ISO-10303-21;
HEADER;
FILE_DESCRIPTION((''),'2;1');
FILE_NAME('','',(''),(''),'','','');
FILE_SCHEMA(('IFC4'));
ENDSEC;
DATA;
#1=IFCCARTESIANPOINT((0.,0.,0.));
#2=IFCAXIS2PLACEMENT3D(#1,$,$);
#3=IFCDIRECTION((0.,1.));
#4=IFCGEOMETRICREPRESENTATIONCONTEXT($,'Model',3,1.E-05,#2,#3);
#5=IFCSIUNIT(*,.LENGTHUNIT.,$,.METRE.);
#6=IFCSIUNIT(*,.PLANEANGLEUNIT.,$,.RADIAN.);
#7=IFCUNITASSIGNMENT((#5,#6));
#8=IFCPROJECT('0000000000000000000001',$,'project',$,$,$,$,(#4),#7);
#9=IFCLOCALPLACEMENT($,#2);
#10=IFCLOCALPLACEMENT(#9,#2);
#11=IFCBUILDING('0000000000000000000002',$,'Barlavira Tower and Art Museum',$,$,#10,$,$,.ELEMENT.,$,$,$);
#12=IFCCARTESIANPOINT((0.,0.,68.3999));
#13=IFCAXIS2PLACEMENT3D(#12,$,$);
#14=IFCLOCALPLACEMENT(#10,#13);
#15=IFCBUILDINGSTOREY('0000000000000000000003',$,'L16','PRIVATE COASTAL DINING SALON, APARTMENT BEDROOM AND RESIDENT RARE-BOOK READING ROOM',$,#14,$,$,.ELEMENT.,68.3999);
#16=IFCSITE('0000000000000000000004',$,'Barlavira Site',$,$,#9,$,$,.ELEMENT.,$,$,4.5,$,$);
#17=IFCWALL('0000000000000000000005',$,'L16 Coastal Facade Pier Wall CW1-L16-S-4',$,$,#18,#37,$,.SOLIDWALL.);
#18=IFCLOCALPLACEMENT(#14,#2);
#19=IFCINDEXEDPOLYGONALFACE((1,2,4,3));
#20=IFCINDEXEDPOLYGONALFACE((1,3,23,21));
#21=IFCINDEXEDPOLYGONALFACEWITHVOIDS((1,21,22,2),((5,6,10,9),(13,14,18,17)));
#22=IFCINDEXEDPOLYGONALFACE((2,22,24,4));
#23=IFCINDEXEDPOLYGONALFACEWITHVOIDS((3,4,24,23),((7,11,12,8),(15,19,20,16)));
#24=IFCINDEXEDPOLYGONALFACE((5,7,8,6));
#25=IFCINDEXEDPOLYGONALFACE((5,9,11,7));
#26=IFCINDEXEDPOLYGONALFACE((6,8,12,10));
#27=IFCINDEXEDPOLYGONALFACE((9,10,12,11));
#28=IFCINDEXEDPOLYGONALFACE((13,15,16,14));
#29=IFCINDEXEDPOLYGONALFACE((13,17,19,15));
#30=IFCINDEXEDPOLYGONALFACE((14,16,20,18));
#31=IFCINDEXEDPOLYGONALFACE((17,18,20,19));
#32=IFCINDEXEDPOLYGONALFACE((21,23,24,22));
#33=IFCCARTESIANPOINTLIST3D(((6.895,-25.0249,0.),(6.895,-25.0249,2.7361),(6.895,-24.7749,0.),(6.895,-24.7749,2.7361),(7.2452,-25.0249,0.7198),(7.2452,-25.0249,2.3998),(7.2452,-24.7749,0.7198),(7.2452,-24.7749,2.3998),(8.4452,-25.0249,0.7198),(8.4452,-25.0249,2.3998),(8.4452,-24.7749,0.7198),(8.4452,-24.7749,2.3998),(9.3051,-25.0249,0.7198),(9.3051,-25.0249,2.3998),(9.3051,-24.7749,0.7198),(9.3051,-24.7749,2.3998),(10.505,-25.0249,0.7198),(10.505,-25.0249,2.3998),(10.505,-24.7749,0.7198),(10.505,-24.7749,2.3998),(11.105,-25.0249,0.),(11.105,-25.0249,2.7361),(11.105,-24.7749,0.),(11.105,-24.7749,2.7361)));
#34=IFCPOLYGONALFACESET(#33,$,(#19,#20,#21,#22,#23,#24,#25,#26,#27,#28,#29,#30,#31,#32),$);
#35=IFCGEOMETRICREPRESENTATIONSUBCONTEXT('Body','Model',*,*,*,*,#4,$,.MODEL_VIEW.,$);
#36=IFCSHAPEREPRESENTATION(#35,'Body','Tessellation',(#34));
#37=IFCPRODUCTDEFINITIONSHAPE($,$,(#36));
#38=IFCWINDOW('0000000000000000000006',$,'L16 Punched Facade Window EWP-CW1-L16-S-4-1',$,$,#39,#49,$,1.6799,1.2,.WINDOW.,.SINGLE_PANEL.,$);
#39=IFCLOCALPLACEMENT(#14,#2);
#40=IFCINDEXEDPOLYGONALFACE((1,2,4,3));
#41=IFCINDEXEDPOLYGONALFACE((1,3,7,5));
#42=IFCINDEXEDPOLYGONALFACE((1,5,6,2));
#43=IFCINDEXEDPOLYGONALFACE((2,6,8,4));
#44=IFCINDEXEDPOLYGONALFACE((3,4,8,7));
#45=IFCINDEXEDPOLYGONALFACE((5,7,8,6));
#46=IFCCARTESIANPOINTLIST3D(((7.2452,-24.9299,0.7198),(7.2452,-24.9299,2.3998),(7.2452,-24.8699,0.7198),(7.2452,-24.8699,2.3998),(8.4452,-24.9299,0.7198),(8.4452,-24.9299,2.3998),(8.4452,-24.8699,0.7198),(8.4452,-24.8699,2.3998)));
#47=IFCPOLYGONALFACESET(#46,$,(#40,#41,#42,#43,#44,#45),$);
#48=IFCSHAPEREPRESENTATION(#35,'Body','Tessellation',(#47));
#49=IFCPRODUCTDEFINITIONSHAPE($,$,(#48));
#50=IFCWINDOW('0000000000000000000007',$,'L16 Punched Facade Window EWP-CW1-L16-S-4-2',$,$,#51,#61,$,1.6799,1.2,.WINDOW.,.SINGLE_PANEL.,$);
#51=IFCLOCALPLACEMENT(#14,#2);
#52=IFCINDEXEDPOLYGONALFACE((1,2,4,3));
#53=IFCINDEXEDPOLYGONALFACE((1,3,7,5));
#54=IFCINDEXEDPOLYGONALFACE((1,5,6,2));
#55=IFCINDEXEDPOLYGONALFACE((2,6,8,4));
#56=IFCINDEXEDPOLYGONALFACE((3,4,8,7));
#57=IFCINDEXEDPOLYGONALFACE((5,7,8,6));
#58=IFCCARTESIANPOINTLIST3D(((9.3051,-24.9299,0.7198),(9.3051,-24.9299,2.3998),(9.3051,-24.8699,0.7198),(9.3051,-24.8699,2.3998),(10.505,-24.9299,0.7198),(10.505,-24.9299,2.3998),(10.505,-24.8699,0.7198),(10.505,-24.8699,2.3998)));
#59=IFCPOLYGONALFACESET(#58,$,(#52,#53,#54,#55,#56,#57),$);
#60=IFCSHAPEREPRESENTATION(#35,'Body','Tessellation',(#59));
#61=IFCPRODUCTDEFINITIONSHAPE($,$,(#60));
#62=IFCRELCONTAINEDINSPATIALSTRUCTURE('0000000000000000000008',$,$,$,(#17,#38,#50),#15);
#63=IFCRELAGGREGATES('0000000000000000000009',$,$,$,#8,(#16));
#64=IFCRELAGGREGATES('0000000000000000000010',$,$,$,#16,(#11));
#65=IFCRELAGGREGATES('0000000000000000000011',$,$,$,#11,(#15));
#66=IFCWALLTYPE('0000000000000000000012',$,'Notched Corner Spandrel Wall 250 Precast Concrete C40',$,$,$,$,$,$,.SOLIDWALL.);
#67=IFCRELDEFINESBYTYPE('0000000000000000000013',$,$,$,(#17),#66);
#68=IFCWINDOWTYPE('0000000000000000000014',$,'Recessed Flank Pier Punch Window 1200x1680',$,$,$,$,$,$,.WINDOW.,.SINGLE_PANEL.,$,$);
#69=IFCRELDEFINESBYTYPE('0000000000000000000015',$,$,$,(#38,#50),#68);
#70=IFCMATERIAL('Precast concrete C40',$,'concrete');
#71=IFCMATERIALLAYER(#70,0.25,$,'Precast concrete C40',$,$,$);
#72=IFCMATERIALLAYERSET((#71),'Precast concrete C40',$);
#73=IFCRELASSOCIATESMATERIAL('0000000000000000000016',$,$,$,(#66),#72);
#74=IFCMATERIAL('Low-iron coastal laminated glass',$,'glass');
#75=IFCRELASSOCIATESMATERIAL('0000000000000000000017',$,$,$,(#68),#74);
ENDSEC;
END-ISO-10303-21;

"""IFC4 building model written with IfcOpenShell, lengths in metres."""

from ifc_helpers import new_model, si_unit, direction, frame, frame_2d, origin, place, context, subcontext, project, spatial, rectangle, extrude, material, layer, layer_set, type_object, element, fill, save


model = new_model("IFC4")

# Units and contexts
model_context = context("Model", 3, precision=1e-05, world=origin(), true_north=direction((0.0, 1.0)))
body_context = subcontext(model_context, "Body", "Model", "MODEL_VIEW")
ifc_project = project(units=[si_unit("LENGTHUNIT", "METRE"), si_unit("PLANEANGLEUNIT", "RADIAN")], contexts=[model_context])

# Site, building, storey
site_placement = place(None, origin())
site = spatial("IfcSite", under=ifc_project, at=site_placement, Name="Barlavira Site", CompositionType="ELEMENT", RefElevation=4.5)
building_placement = place(site_placement, origin())
building = spatial("IfcBuilding", under=site, at=building_placement, Name="Barlavira Tower and Art Museum", CompositionType="ELEMENT")
storey_placement = place(building_placement, frame((0.0, 0.0, 68.3999)))
storey = spatial("IfcBuildingStorey", under=building, at=storey_placement, Name="L16", Description="PRIVATE COASTAL DINING SALON, APARTMENT BEDROOM AND RESIDENT RARE-BOOK READING ROOM", CompositionType="ELEMENT", Elevation=68.3999)

# Shared definitions
ifc_material_1 = material(Name="Low-iron coastal laminated glass", Category="glass")

# Wall, openings, windows
ifc_material_2 = material(Name="Precast concrete C40", Category="concrete")
ifc_layer_1 = layer(ifc_material_2, 0.25, Name="Precast concrete C40")
ifc_layer_set_1 = layer_set([ifc_layer_1], Name="Precast concrete C40")
wall_type_1 = type_object("IfcWallType", Name="Notched Corner Spandrel Wall 250 Precast Concrete C40", PredefinedType="SOLIDWALL", material=ifc_layer_set_1)
wall_1_placement = place(storey_placement, frame((6.895, -24.8999, 0.0), z_axis=(0.0, 0.0, 1.0), x_axis=(1.0, 0.0, 0.0)))
wall_1 = element("IfcWall", 1, at=wall_1_placement, inside=storey, type_object=wall_type_1, Name="L16 Coastal Facade Pier Wall CW1-L16-S-4", PredefinedType="SOLIDWALL", context=body_context, shape_type="SweptSolid", body=[
    extrude(rectangle(XDim=4.21, YDim=0.25, at=frame_2d((2.105, 0.0))), origin(), (0.0, 0.0, 1.0), 2.7361),
])
opening_1_placement = place(wall_1_placement, frame((0.3501, 0.0, 0.72)))
opening_1 = element("IfcOpeningElement", 2, at=opening_1_placement, cuts=wall_1, PredefinedType="OPENING", context=body_context, shape_type="SweptSolid", body=[
    extrude(rectangle(XDim=1.2, YDim=1.6799, at=frame_2d((0.6001, 0.8398))), frame((0.0, 0.135, 0.0), z_axis=(0.0, -1.0, 0.0), x_axis=(1.0, 0.0, 0.0)), (0.0, 0.0, 1.0), 0.27),
])
opening_2_placement = place(wall_1_placement, frame((2.4099, 0.0, 0.72)))
opening_2 = element("IfcOpeningElement", 3, at=opening_2_placement, cuts=wall_1, PredefinedType="OPENING", context=body_context, shape_type="SweptSolid", body=[
    extrude(rectangle(XDim=1.2, YDim=1.6799, at=frame_2d((0.6001, 0.8398))), frame((0.0, 0.135, 0.0), z_axis=(0.0, -1.0, 0.0), x_axis=(1.0, 0.0, 0.0)), (0.0, 0.0, 1.0), 0.27),
])
window_type = type_object("IfcWindowType", Name="Recessed Flank Pier Punch Window 1200x1680", PartitioningType="SINGLE_PANEL", PredefinedType="WINDOW", material=ifc_material_1)
window_1_placement = place(opening_1_placement, origin())
window_1 = element("IfcWindow", 4, at=window_1_placement, inside=storey, type_object=window_type, Name="L16 Punched Facade Window EWP-CW1-L16-S-4-1", OverallHeight=1.6799, OverallWidth=1.2, PartitioningType="SINGLE_PANEL", PredefinedType="WINDOW", context=body_context, shape_type="SweptSolid", body=[
    extrude(rectangle(XDim=1.2, YDim=1.6799, at=frame_2d((0.6001, 0.8398))), frame((0.0, 0.03, 0.0), z_axis=(0.0, -1.0, 0.0), x_axis=(1.0, 0.0, 0.0)), (0.0, 0.0, 1.0), 0.0601),
])
fill(opening_1, window_1)
window_2_placement = place(opening_2_placement, origin())
window_2 = element("IfcWindow", 5, at=window_2_placement, inside=storey, type_object=window_type, Name="L16 Punched Facade Window EWP-CW1-L16-S-4-2", OverallHeight=1.6799, OverallWidth=1.2, PartitioningType="SINGLE_PANEL", PredefinedType="WINDOW", context=body_context, shape_type="SweptSolid", body=[
    extrude(rectangle(XDim=1.2, YDim=1.6799, at=frame_2d((0.6001, 0.8398))), frame((0.0, 0.03, 0.0), z_axis=(0.0, -1.0, 0.0), x_axis=(1.0, 0.0, 0.0)), (0.0, 0.0, 1.0), 0.0601),
])
fill(opening_2, window_2)

save(model, "model.ifc")
